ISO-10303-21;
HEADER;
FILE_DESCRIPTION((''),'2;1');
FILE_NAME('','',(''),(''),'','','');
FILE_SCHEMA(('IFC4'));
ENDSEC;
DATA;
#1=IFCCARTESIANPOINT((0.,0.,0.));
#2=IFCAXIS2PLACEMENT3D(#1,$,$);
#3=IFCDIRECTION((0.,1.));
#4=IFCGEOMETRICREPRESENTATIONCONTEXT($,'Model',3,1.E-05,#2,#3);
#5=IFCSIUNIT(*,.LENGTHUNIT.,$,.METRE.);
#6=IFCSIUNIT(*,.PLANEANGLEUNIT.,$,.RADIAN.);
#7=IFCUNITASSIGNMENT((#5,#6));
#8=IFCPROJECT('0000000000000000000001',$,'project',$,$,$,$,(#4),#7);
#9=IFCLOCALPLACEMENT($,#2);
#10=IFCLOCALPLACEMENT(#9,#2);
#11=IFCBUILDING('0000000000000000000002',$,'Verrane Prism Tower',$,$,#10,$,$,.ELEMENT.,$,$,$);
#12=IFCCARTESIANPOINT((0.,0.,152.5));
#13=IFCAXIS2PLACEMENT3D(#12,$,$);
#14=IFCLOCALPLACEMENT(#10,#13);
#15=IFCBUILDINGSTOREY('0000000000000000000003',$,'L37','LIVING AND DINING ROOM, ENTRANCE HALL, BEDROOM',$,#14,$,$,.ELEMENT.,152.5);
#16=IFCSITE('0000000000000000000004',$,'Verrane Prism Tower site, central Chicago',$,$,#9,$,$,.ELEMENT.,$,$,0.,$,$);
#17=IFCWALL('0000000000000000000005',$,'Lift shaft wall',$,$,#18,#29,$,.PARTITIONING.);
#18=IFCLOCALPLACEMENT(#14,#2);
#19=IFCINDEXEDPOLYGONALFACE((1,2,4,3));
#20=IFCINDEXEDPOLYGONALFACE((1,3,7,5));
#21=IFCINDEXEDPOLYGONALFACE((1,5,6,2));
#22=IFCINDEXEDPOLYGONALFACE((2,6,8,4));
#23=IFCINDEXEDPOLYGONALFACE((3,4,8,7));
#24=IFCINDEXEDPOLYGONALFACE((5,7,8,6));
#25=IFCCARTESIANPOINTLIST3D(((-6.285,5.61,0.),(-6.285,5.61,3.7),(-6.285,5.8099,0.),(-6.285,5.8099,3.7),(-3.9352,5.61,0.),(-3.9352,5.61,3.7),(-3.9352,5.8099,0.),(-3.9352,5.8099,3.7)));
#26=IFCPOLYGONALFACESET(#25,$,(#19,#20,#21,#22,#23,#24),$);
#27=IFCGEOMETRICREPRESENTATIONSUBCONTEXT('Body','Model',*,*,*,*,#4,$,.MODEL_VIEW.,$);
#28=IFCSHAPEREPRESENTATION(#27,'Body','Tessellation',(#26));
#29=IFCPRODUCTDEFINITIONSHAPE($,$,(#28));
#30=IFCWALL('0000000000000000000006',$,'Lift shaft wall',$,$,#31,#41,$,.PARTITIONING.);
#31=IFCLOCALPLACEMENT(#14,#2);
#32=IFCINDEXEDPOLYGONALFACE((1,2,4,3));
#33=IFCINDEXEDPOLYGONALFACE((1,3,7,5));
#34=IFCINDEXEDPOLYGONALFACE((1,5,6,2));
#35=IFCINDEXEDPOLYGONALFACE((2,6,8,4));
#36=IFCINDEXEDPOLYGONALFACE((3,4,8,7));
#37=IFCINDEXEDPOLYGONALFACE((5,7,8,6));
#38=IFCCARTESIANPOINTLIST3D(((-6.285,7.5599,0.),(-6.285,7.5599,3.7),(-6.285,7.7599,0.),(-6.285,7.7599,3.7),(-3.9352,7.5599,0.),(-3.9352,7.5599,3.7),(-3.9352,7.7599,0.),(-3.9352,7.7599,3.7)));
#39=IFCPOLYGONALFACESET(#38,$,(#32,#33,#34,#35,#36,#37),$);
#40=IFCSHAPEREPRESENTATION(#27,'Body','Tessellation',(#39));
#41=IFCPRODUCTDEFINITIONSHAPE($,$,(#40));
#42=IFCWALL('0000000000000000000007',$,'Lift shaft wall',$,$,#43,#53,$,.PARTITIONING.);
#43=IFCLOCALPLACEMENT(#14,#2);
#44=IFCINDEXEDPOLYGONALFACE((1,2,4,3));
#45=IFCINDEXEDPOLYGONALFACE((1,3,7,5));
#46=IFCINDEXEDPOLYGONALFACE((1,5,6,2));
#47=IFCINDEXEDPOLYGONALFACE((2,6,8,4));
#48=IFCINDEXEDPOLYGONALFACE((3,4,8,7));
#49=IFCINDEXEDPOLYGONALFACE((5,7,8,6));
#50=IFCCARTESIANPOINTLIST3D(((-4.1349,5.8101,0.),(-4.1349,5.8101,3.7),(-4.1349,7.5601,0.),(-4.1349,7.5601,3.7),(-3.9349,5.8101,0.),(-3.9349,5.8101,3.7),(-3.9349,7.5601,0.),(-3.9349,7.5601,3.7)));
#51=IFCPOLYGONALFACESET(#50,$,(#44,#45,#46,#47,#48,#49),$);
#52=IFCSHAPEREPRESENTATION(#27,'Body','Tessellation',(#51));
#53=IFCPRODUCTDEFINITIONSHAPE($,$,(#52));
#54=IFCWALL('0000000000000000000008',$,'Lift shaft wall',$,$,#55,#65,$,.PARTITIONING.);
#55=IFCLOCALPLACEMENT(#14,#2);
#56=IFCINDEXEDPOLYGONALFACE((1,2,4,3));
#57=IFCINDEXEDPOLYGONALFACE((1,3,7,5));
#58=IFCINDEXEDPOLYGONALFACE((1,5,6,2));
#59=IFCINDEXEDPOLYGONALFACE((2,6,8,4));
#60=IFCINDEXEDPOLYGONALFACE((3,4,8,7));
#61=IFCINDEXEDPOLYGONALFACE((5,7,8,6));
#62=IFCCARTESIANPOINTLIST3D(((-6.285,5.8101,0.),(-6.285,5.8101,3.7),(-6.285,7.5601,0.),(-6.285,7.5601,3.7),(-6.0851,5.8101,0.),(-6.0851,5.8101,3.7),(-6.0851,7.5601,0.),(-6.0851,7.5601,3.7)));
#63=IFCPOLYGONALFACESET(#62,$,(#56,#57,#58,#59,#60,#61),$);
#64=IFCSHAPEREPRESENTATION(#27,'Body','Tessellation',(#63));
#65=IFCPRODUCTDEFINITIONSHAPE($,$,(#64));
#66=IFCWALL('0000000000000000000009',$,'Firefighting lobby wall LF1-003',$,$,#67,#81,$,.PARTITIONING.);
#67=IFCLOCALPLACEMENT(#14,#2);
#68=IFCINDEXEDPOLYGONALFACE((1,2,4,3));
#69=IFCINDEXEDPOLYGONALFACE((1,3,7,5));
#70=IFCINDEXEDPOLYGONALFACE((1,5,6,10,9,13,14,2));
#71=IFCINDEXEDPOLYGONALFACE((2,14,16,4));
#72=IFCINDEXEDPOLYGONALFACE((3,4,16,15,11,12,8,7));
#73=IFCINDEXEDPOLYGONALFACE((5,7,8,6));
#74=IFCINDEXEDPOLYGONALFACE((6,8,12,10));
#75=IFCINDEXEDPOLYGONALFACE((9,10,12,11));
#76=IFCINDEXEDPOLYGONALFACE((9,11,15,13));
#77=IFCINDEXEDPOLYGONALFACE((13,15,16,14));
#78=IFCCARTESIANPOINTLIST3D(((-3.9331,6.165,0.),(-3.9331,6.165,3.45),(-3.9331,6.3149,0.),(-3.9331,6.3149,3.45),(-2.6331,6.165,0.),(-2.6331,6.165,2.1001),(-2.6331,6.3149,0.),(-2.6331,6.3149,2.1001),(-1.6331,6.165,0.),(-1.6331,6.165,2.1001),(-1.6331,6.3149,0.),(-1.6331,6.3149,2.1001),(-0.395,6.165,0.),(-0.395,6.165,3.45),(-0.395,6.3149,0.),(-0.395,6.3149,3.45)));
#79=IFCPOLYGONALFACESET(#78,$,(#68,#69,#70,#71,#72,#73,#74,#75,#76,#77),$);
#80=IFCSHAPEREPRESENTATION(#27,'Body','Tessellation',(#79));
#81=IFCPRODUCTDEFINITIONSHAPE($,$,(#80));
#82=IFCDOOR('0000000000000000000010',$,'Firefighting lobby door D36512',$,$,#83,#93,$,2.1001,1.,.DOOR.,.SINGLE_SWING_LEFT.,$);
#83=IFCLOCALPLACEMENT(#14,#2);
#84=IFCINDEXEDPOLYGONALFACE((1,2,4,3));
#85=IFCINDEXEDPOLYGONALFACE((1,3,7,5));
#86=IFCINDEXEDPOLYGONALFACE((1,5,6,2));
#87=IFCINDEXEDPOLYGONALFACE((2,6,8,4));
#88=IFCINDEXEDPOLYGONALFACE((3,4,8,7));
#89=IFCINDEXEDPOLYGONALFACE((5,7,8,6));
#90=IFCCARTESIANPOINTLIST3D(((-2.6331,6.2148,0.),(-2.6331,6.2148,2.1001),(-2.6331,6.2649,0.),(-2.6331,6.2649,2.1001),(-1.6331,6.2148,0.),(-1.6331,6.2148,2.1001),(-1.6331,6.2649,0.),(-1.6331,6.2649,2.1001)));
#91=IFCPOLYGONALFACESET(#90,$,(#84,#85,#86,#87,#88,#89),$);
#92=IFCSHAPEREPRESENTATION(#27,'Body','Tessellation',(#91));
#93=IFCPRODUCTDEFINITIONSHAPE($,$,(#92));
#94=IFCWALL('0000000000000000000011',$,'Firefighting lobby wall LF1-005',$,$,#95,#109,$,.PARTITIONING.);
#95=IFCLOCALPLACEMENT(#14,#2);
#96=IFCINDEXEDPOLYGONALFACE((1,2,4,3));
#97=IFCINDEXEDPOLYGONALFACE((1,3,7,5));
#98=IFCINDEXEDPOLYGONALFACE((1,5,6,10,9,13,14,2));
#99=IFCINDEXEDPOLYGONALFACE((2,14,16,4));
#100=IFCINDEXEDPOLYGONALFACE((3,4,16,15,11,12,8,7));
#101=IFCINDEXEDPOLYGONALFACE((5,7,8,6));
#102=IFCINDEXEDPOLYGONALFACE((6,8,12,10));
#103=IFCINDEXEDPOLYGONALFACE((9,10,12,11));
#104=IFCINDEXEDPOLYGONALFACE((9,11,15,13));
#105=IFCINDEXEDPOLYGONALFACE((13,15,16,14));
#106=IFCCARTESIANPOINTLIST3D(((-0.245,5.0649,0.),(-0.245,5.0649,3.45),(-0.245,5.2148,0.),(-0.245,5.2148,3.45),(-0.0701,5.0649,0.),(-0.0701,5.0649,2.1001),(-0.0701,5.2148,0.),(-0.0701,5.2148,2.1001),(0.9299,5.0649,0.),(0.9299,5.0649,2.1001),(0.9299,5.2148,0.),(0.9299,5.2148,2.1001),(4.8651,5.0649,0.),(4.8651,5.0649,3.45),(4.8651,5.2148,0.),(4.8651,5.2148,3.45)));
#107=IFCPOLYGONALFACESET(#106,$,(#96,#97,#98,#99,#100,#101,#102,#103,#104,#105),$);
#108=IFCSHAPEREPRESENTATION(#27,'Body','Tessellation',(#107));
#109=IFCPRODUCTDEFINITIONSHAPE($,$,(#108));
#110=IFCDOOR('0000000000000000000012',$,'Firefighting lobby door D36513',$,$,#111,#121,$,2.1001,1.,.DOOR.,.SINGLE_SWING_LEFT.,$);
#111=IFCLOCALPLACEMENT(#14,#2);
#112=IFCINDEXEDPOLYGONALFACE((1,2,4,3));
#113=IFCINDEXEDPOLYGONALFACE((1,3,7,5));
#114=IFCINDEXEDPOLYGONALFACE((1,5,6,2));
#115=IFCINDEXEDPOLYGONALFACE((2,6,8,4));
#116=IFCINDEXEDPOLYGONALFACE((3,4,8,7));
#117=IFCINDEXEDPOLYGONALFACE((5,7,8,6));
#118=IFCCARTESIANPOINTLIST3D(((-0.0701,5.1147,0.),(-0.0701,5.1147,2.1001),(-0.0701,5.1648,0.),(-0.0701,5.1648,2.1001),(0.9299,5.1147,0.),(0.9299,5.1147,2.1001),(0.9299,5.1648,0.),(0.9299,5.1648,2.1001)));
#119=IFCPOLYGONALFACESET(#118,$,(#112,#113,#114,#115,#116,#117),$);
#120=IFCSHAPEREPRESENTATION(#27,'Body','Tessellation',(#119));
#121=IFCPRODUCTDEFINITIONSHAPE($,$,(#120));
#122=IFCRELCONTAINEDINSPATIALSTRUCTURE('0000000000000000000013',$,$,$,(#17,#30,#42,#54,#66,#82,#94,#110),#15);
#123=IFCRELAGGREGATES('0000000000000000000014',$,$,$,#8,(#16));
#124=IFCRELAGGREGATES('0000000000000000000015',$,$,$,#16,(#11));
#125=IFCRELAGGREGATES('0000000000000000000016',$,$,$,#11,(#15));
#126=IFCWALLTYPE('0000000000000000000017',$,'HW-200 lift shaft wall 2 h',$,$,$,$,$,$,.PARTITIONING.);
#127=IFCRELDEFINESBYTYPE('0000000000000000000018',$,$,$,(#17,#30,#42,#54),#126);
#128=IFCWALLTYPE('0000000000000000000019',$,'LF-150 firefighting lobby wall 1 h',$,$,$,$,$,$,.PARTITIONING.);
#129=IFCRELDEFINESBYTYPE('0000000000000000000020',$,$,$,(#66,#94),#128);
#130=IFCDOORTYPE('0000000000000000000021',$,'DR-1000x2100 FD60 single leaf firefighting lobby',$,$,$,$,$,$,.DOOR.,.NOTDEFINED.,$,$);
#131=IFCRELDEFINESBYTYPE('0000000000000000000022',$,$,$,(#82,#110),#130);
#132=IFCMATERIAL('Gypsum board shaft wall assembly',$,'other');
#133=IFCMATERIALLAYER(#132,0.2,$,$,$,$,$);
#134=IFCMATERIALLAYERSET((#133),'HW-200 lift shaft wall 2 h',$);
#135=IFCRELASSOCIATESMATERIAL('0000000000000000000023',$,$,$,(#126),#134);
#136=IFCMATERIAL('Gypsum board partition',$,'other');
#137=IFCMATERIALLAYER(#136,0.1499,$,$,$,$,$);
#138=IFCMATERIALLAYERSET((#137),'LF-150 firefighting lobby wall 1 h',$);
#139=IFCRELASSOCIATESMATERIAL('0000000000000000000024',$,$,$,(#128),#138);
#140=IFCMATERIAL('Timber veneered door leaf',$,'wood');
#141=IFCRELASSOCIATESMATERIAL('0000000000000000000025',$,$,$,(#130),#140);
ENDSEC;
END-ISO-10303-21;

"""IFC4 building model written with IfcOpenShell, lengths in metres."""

from ifc_helpers import new_model, si_unit, direction, frame, frame_2d, origin, place, context, subcontext, project, spatial, rectangle, extrude, material, layer, layer_set, type_object, element, fill, save


model = new_model("IFC4")

# Units and contexts
model_context = context("Model", 3, precision=1e-05, world=origin(), true_north=direction((0.0, 1.0)))
body_context = subcontext(model_context, "Body", "Model", "MODEL_VIEW")
ifc_project = project(units=[si_unit("LENGTHUNIT", "METRE"), si_unit("PLANEANGLEUNIT", "RADIAN")], contexts=[model_context])

# Site, building, storey
site_placement = place(None, origin())
site = spatial("IfcSite", under=ifc_project, at=site_placement, Name="Verrane Prism Tower site, central Chicago", CompositionType="ELEMENT", RefElevation=0.0)
building_placement = place(site_placement, origin())
building = spatial("IfcBuilding", under=site, at=building_placement, Name="Verrane Prism Tower", CompositionType="ELEMENT")
storey_placement = place(building_placement, frame((0.0, 0.0, 152.5)))
storey = spatial("IfcBuildingStorey", under=building, at=storey_placement, Name="L37", Description="LIVING AND DINING ROOM, ENTRANCE HALL, BEDROOM", CompositionType="ELEMENT", Elevation=152.5)

# Walls
ifc_material_1 = material(Name="Gypsum board shaft wall assembly", Category="other")
ifc_layer_1 = layer(ifc_material_1, 0.2)
ifc_layer_set_1 = layer_set([ifc_layer_1], Name="HW-200 lift shaft wall 2 h")
wall_type_1 = type_object("IfcWallType", Name="HW-200 lift shaft wall 2 h", PredefinedType="PARTITIONING", material=ifc_layer_set_1)
for number, where, z_axis, x_axis, name in (
    (1, (-6.2849, 5.71, 0.0), (0.0, 0.0, 1.0), (1.0, 0.0, 0.0), "Lift shaft wall"),
    (2, (-6.2849, 7.6599, 0.0), (0.0, 0.0, 1.0), (1.0, 0.0, 0.0), "Lift shaft wall"),
):
    element("IfcWall", number, at=place(storey_placement, frame(where, z_axis=z_axis, x_axis=x_axis)), inside=storey, type_object=wall_type_1, Name=name, PredefinedType="PARTITIONING", context=body_context, shape_type="SweptSolid", body=[
        extrude(rectangle(XDim=2.3499, YDim=0.2, at=frame_2d((1.1748, 0.0))), origin(), (0.0, 0.0, 1.0), 3.7),
    ])
for number, where, z_axis, x_axis, name in (
    (3, (-4.0349, 5.8101, 0.0), (0.0, 0.0, 1.0), (0.0, 1.0, 0.0), "Lift shaft wall"),
    (4, (-6.1851, 5.8101, 0.0), (0.0, 0.0, 1.0), (0.0, 1.0, 0.0), "Lift shaft wall"),
):
    element("IfcWall", number, at=place(storey_placement, frame(where, z_axis=z_axis, x_axis=x_axis)), inside=storey, type_object=wall_type_1, Name=name, PredefinedType="PARTITIONING", context=body_context, shape_type="SweptSolid", body=[
        extrude(rectangle(XDim=1.75, YDim=0.2, at=frame_2d((0.875, 0.0))), origin(), (0.0, 0.0, 1.0), 3.7),
    ])

# Walls, openings, doors
ifc_material_2 = material(Name="Gypsum board partition", Category="other")
ifc_layer_2 = layer(ifc_material_2, 0.1499)
ifc_layer_set_2 = layer_set([ifc_layer_2], Name="LF-150 firefighting lobby wall 1 h")
wall_type_2 = type_object("IfcWallType", Name="LF-150 firefighting lobby wall 1 h", PredefinedType="PARTITIONING", material=ifc_layer_set_2)
wall_1_placement = place(storey_placement, frame((-3.9331, 6.24, 0.0), z_axis=(0.0, 0.0, 1.0), x_axis=(1.0, 0.0, 0.0)))
wall_1 = element("IfcWall", 5, at=wall_1_placement, inside=storey, type_object=wall_type_2, Name="Firefighting lobby wall LF1-003", PredefinedType="PARTITIONING", context=body_context, shape_type="SweptSolid", body=[
    extrude(rectangle(XDim=3.5381, YDim=0.1499, at=frame_2d((1.769, 0.0))), origin(), (0.0, 0.0, 1.0), 3.45),
])
opening_1_placement = place(wall_1_placement, frame((1.3, 0.0, 0.0)))
opening_1 = element("IfcOpeningElement", 6, at=opening_1_placement, cuts=wall_1, PredefinedType="OPENING", context=body_context, shape_type="SweptSolid", body=[
    extrude(rectangle(XDim=1.0, YDim=2.1001, at=frame_2d((0.5, 1.05))), frame((0.0, 0.085, 0.0), z_axis=(0.0, -1.0, 0.0), x_axis=(1.0, 0.0, 0.0)), (0.0, 0.0, 1.0), 0.1699),
])
ifc_material_3 = material(Name="Timber veneered door leaf", Category="wood")
door_type_1 = type_object("IfcDoorType", Name="DR-1000x2100 FD60 single leaf firefighting lobby", OperationType="NOTDEFINED", PredefinedType="DOOR", material=ifc_material_3)
door_1_placement = place(opening_1_placement, origin())
door_1 = element("IfcDoor", 7, at=door_1_placement, inside=storey, type_object=door_type_1, Name="Firefighting lobby door D36512", OperationType="SINGLE_SWING_LEFT", OverallHeight=2.1001, OverallWidth=1.0, PredefinedType="DOOR", context=body_context, shape_type="SweptSolid", body=[
    extrude(rectangle(XDim=1.0, YDim=2.1001, at=frame_2d((0.5, 1.05))), frame((0.0, 0.0249, 0.0), z_axis=(0.0, -1.0, 0.0), x_axis=(1.0, 0.0, 0.0)), (0.0, 0.0, 1.0), 0.05),
])
fill(opening_1, door_1)
wall_2_placement = place(storey_placement, frame((-0.2451, 5.1399, 0.0), z_axis=(0.0, 0.0, 1.0), x_axis=(1.0, 0.0, 0.0)))
wall_2 = element("IfcWall", 8, at=wall_2_placement, inside=storey, type_object=wall_type_2, Name="Firefighting lobby wall LF1-005", PredefinedType="PARTITIONING", context=body_context, shape_type="SweptSolid", body=[
    extrude(rectangle(XDim=5.1101, YDim=0.1499, at=frame_2d((2.5552, 0.0))), origin(), (0.0, 0.0, 1.0), 3.45),
])
opening_2_placement = place(wall_2_placement, frame((0.175, 0.0, 0.0)))
opening_2 = element("IfcOpeningElement", 9, at=opening_2_placement, cuts=wall_2, PredefinedType="OPENING", context=body_context, shape_type="SweptSolid", body=[
    extrude(rectangle(XDim=1.0, YDim=2.1001, at=frame_2d((0.5, 1.05))), frame((0.0, 0.085, 0.0), z_axis=(0.0, -1.0, 0.0), x_axis=(1.0, 0.0, 0.0)), (0.0, 0.0, 1.0), 0.1699),
])
door_2_placement = place(opening_2_placement, origin())
door_2 = element("IfcDoor", 10, at=door_2_placement, inside=storey, type_object=door_type_1, Name="Firefighting lobby door D36513", OperationType="SINGLE_SWING_LEFT", OverallHeight=2.1001, OverallWidth=1.0, PredefinedType="DOOR", context=body_context, shape_type="SweptSolid", body=[
    extrude(rectangle(XDim=1.0, YDim=2.1001, at=frame_2d((0.5, 1.05))), frame((0.0, 0.0249, 0.0), z_axis=(0.0, -1.0, 0.0), x_axis=(1.0, 0.0, 0.0)), (0.0, 0.0, 1.0), 0.05),
])
fill(opening_2, door_2)

save(model, "model.ifc")
